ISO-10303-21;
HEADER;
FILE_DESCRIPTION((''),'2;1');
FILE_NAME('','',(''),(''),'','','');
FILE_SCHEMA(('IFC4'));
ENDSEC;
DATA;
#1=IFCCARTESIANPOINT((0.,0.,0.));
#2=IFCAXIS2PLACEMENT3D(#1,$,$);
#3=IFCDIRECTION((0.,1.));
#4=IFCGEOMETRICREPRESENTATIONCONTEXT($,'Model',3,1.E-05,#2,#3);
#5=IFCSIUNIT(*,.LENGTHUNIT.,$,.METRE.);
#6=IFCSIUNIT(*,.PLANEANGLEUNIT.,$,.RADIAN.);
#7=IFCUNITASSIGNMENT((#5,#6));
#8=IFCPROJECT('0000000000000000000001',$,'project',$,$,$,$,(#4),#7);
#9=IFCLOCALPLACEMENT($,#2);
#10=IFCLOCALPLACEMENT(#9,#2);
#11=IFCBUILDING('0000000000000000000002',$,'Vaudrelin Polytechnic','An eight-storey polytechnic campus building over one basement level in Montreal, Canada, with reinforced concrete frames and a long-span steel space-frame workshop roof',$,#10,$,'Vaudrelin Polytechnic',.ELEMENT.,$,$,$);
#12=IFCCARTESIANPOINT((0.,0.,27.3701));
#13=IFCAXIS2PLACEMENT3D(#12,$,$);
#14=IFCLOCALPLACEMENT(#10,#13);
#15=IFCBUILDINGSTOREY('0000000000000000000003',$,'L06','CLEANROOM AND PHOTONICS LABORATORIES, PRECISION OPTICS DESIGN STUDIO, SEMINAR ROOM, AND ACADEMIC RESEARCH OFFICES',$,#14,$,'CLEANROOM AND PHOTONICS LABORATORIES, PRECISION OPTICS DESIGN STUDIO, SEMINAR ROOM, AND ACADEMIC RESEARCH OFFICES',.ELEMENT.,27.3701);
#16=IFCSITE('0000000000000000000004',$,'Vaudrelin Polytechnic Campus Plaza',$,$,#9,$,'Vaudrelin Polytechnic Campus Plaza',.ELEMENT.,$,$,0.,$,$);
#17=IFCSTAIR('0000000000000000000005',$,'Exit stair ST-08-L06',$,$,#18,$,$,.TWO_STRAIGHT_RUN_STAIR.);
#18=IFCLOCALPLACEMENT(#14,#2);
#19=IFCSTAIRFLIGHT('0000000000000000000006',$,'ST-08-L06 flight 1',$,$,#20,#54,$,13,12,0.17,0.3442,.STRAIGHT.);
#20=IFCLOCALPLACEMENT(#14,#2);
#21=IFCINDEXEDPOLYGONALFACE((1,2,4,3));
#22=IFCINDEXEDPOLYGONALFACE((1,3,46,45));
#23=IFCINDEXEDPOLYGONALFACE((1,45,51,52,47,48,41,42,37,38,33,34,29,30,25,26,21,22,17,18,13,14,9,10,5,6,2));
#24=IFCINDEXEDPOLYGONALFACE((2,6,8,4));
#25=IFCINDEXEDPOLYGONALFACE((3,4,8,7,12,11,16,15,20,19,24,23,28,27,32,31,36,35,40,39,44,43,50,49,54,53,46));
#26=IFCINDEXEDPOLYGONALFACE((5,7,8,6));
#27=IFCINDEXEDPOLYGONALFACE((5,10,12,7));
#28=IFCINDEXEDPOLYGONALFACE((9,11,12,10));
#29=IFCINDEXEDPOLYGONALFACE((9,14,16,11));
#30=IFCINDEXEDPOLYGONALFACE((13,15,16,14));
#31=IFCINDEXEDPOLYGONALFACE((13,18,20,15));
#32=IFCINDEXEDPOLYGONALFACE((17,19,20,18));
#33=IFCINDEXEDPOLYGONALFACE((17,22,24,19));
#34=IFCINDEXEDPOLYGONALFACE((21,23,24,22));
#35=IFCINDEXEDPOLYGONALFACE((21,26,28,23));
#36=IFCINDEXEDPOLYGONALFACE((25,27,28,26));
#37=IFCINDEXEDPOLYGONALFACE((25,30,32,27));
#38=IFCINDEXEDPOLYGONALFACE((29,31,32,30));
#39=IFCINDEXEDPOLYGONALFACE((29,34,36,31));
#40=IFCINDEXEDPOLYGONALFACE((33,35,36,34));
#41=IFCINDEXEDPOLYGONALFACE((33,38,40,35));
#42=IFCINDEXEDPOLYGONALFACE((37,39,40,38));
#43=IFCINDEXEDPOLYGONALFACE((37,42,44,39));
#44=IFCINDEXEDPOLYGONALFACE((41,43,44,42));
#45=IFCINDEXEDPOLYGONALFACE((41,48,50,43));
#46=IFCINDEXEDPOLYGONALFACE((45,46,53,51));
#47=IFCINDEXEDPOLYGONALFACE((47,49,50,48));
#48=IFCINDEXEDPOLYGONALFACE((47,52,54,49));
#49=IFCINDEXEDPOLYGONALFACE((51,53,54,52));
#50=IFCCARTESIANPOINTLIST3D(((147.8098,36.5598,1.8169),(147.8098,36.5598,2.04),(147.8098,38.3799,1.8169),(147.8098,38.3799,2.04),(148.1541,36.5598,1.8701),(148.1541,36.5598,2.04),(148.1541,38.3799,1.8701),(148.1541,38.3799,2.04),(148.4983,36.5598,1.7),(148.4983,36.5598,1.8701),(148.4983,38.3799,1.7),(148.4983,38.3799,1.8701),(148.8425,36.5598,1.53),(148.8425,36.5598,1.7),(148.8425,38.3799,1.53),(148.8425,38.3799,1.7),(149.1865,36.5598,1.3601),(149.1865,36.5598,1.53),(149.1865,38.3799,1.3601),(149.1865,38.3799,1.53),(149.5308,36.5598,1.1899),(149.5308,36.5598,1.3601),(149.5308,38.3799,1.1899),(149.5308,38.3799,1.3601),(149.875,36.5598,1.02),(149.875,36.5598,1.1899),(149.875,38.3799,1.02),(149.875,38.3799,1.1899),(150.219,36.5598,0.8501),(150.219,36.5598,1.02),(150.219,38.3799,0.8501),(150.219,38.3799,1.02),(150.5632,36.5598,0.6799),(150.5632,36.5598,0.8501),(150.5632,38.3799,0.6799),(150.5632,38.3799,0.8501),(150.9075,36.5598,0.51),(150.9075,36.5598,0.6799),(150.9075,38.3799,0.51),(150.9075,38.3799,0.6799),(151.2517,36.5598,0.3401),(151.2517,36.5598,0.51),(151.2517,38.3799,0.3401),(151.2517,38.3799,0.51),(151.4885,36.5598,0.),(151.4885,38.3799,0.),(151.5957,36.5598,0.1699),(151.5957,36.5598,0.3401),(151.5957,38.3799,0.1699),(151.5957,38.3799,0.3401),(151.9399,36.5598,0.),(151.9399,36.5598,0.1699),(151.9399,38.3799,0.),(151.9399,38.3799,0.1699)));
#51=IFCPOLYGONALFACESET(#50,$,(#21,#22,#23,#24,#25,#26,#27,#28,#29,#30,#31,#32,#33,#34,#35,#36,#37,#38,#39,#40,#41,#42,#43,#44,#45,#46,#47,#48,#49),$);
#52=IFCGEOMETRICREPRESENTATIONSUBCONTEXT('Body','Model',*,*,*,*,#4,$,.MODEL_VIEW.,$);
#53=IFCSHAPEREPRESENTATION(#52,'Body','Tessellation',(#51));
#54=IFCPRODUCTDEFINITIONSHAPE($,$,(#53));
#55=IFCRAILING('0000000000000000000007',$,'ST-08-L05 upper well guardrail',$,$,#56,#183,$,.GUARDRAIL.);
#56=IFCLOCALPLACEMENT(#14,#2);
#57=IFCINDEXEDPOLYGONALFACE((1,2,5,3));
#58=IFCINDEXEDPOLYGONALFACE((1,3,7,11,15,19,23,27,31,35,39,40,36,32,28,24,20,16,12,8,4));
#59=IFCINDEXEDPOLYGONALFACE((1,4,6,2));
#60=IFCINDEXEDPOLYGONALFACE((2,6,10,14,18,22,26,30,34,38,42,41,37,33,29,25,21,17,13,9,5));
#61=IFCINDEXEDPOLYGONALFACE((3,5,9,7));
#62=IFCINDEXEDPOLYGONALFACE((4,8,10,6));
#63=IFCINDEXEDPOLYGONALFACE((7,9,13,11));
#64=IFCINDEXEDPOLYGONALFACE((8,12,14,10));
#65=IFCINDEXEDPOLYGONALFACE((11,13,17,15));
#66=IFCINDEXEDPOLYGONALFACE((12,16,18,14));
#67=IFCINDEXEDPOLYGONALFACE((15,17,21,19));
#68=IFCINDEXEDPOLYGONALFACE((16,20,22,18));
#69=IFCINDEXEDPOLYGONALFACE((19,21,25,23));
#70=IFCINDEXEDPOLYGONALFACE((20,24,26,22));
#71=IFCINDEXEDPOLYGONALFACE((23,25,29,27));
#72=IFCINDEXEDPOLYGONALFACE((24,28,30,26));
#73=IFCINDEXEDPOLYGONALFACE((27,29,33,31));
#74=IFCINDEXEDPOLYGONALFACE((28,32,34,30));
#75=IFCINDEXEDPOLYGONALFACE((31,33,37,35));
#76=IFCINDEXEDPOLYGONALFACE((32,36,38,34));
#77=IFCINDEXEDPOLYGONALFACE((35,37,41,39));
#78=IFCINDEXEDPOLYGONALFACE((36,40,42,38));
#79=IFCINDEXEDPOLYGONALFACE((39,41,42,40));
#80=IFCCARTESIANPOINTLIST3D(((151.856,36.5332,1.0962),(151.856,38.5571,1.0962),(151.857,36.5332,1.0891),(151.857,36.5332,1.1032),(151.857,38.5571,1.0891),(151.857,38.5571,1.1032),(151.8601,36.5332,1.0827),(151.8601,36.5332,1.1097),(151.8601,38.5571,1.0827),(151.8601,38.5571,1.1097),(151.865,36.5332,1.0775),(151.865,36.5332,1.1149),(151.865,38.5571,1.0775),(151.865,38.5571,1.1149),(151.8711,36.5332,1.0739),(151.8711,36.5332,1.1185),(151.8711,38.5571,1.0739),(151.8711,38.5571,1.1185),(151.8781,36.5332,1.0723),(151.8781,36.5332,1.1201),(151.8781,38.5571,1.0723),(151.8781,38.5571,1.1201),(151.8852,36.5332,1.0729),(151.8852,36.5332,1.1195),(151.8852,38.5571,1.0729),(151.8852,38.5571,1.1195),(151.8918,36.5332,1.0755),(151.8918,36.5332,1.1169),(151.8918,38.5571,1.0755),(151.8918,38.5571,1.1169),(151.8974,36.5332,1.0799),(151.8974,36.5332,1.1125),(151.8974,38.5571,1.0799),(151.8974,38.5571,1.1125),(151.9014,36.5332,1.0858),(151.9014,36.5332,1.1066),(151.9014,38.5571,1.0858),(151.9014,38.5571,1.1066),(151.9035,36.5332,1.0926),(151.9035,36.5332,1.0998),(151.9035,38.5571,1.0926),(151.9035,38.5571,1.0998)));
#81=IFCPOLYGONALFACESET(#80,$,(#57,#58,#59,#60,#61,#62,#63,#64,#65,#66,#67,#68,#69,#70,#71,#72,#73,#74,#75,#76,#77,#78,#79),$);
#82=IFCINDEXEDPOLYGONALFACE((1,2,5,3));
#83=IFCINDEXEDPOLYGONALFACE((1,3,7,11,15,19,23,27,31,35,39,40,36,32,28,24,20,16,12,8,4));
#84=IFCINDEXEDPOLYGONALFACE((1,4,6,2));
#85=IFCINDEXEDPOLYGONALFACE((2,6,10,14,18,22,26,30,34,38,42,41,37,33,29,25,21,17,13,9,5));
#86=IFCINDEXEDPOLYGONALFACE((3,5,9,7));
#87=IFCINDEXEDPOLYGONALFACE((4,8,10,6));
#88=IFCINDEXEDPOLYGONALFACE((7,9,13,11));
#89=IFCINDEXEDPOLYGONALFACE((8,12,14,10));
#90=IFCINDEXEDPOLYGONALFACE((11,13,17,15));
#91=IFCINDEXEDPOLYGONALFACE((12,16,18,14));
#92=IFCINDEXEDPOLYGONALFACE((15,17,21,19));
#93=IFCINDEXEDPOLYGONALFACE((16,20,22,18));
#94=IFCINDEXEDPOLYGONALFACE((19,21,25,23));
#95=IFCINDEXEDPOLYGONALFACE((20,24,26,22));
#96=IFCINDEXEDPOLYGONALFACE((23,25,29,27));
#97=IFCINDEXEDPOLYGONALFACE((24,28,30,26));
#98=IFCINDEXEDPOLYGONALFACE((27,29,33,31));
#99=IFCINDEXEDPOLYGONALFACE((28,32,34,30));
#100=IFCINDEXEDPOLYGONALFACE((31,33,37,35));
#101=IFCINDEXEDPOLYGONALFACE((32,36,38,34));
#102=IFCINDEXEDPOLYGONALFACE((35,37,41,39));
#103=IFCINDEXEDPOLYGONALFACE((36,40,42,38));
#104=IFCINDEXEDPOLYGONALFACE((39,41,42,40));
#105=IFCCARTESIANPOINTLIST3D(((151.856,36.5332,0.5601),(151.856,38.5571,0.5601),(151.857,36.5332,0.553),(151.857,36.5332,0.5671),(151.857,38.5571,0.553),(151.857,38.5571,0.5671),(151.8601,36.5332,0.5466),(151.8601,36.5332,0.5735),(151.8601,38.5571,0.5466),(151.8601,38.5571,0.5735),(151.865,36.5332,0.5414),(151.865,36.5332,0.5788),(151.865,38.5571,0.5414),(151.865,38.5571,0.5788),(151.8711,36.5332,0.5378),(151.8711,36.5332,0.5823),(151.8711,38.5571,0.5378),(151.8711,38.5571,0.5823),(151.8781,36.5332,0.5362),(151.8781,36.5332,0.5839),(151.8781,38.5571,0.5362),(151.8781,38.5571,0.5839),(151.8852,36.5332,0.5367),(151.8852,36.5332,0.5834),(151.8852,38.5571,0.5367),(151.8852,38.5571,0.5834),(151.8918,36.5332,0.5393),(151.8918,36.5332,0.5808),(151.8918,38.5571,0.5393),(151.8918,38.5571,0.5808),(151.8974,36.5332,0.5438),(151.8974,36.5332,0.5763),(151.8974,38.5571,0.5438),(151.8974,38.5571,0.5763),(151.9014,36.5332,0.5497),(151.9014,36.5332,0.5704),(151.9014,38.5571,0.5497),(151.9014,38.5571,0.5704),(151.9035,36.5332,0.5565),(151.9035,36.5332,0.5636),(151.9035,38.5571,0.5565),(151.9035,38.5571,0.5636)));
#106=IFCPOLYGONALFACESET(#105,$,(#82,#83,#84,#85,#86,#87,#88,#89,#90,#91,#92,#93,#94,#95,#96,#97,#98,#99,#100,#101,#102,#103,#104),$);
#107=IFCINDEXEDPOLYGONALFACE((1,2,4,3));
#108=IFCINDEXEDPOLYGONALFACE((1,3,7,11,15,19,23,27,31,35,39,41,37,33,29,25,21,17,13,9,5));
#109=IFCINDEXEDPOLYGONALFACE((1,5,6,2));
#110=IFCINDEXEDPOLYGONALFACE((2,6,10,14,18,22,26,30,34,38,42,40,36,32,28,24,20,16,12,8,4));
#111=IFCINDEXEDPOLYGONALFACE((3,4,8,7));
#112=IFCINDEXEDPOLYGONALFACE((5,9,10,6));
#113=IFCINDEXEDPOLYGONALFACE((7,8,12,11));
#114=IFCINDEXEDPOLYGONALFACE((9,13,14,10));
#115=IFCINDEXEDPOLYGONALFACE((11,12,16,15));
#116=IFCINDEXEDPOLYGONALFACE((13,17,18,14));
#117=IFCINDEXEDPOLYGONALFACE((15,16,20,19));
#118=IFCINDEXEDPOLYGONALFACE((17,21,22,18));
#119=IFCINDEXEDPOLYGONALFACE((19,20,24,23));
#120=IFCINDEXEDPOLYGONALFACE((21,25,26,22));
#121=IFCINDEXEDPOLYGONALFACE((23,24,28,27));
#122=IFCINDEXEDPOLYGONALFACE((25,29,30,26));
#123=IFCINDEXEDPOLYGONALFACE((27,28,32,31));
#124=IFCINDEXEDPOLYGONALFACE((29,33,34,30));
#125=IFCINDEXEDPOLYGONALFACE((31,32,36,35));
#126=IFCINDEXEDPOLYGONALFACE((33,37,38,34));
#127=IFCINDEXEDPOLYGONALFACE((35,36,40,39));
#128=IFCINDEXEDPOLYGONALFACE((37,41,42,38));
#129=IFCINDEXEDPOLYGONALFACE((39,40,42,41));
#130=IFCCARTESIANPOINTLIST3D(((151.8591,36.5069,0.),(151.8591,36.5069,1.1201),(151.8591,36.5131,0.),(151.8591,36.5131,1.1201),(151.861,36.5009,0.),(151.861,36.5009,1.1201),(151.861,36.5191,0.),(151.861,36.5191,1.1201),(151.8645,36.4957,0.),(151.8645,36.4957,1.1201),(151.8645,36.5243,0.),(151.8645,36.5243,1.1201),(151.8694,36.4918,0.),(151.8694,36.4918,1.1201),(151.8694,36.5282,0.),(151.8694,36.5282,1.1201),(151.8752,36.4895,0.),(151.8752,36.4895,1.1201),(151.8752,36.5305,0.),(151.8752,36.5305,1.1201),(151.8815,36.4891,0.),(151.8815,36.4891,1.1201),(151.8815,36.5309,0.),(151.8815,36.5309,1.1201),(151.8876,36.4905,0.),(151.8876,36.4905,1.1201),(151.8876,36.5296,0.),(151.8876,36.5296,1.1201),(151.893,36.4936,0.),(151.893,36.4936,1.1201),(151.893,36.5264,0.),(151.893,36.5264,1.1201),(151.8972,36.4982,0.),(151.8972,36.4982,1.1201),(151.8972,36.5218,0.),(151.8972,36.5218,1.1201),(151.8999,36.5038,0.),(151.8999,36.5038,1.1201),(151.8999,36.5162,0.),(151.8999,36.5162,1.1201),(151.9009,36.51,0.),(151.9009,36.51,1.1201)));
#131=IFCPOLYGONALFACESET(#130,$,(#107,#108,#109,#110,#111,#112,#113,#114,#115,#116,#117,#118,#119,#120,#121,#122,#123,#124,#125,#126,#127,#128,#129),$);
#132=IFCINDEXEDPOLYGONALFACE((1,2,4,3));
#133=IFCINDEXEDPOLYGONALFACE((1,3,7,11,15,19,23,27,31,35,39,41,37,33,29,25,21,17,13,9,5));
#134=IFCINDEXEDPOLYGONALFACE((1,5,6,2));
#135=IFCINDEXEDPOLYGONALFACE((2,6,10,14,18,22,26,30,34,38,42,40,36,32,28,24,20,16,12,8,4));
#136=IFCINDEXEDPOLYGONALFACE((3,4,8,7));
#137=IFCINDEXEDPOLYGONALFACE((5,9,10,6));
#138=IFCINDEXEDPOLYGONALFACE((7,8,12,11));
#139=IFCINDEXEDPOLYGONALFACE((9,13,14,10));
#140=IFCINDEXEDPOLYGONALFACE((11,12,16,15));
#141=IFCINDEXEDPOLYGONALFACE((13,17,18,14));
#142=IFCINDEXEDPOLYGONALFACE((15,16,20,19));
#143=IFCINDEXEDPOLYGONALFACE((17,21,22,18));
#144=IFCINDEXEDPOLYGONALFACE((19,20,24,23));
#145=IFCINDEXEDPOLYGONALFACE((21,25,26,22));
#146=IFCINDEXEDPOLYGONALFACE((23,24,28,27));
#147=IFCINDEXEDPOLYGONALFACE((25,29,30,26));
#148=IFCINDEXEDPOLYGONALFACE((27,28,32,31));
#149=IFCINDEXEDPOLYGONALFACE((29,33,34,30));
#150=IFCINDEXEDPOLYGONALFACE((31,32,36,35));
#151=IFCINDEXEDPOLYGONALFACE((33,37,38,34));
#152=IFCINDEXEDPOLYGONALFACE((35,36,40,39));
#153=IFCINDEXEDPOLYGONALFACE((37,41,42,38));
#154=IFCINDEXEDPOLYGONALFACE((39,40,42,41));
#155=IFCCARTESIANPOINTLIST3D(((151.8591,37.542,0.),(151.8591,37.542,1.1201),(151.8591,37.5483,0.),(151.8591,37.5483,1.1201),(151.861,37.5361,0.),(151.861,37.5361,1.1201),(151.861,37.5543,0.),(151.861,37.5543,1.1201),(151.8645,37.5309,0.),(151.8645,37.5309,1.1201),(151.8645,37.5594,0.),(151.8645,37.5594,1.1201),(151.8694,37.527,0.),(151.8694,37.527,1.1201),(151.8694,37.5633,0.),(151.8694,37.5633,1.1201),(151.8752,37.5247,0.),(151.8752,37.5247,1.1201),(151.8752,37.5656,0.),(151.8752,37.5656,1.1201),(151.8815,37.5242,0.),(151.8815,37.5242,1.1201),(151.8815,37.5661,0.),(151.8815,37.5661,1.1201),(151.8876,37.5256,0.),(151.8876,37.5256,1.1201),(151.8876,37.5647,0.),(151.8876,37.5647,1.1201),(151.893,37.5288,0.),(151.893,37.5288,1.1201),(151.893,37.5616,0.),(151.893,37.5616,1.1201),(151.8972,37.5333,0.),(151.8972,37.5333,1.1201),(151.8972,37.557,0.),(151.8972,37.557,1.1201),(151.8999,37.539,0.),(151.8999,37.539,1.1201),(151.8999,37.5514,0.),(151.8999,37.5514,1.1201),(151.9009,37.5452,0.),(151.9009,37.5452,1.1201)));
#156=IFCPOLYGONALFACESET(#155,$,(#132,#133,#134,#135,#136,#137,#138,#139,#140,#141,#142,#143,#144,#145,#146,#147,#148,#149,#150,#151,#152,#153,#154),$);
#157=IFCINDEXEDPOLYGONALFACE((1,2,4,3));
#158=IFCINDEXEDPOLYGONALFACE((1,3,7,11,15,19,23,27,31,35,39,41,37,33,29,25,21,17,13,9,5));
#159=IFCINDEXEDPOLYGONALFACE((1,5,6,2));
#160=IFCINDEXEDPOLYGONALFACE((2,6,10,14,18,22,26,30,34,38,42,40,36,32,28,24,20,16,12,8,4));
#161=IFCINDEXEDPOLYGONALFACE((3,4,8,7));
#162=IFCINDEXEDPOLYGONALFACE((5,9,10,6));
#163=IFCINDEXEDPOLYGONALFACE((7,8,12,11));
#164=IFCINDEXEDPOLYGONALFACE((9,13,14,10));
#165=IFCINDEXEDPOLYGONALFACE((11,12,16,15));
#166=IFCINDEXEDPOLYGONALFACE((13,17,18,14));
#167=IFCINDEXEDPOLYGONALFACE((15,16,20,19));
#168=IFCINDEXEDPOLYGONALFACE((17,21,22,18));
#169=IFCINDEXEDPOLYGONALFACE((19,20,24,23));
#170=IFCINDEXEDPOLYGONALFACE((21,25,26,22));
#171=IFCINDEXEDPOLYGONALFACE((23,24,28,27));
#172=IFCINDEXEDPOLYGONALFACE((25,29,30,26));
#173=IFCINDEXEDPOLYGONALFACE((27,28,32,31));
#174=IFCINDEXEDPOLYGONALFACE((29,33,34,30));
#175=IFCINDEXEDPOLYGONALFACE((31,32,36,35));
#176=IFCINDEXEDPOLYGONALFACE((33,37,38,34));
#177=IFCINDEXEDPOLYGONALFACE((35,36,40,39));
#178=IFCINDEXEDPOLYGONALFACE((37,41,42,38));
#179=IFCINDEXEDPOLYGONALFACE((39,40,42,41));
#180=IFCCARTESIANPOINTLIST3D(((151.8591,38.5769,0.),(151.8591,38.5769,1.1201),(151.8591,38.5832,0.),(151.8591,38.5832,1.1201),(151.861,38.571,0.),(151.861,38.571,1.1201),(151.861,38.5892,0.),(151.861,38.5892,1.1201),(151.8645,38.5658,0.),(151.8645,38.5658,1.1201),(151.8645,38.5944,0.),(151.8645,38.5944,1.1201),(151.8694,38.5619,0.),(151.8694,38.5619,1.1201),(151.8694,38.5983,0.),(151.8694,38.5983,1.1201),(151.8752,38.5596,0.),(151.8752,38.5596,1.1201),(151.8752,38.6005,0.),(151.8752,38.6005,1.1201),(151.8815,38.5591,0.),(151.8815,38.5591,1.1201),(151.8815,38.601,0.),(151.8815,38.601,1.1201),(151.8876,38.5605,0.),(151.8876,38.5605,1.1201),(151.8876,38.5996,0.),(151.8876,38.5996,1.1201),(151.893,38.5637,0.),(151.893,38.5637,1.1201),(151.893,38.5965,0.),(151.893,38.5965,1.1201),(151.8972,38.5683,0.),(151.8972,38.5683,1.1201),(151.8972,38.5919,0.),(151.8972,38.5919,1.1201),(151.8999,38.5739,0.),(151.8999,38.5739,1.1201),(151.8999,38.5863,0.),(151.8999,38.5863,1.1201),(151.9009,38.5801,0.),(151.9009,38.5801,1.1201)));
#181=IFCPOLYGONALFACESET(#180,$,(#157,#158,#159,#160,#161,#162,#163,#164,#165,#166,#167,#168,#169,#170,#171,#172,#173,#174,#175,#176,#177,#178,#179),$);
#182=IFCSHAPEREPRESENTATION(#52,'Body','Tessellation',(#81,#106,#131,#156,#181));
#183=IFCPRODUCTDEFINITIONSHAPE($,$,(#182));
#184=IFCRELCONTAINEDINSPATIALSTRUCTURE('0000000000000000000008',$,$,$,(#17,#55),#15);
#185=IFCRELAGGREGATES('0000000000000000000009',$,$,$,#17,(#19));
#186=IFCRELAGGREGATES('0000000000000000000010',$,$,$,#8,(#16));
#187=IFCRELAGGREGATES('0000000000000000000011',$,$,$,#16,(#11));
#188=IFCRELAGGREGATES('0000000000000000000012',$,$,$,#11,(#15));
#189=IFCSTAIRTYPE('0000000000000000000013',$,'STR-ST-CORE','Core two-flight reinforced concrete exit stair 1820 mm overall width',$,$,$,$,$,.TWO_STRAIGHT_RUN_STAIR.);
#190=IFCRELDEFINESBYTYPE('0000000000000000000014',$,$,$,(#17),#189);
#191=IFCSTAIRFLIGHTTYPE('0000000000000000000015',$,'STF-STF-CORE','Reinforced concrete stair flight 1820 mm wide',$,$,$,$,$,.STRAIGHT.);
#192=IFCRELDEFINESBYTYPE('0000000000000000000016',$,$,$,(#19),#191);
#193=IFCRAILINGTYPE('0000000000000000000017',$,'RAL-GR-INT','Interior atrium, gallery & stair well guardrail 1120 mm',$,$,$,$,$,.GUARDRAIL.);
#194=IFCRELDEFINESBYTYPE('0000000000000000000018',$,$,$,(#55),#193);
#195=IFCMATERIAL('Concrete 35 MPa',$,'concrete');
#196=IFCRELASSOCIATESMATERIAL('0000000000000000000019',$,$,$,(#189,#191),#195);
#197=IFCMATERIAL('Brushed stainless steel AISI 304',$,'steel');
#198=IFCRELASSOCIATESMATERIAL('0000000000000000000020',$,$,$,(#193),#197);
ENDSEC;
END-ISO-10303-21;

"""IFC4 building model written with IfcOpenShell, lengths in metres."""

from ifc_helpers import new_model, si_unit, direction, frame, origin, origin_2d, place, context, subcontext, project, spatial, polyline, circle, outline, extrude, material, type_object, element, aggregate, save


model = new_model("IFC4")

# Units and contexts
model_context = context("Model", 3, precision=1e-05, world=origin(), true_north=direction((0.0, 1.0)))
body_context = subcontext(model_context, "Body", "Model", "MODEL_VIEW")
ifc_project = project(units=[si_unit("LENGTHUNIT", "METRE"), si_unit("PLANEANGLEUNIT", "RADIAN")], contexts=[model_context])

# Site, building, storey
site_placement = place(None, origin())
site = spatial("IfcSite", under=ifc_project, at=site_placement, Name="Vaudrelin Polytechnic Campus Plaza", LongName="Vaudrelin Polytechnic Campus Plaza", CompositionType="ELEMENT", RefElevation=0.0)
building_placement = place(site_placement, origin())
building = spatial("IfcBuilding", under=site, at=building_placement, Name="Vaudrelin Polytechnic", Description="An eight-storey polytechnic campus building over one basement level in Montreal, Canada, with reinforced concrete frames and a long-span steel space-frame workshop roof", LongName="Vaudrelin Polytechnic", CompositionType="ELEMENT")
storey_placement = place(building_placement, frame((0.0, 0.0, 27.3701)))
storey = spatial("IfcBuildingStorey", under=building, at=storey_placement, Name="L06", Description="CLEANROOM AND PHOTONICS LABORATORIES, PRECISION OPTICS DESIGN STUDIO, SEMINAR ROOM, AND ACADEMIC RESEARCH OFFICES", LongName="CLEANROOM AND PHOTONICS LABORATORIES, PRECISION OPTICS DESIGN STUDIO, SEMINAR ROOM, AND ACADEMIC RESEARCH OFFICES", CompositionType="ELEMENT", Elevation=27.3701)

# Stair, stair flight
ifc_material_1 = material(Name="Concrete 35 MPa", Category="concrete")
stair_type = type_object("IfcStairType", Name="STR-ST-CORE", Description="Core two-flight reinforced concrete exit stair 1820 mm overall width", PredefinedType="TWO_STRAIGHT_RUN_STAIR", material=ifc_material_1)
stair_placement = place(storey_placement, origin())
stair = element("IfcStair", 1, at=stair_placement, inside=storey, type_object=stair_type, Name="Exit stair ST-08-L06", PredefinedType="TWO_STRAIGHT_RUN_STAIR")
stair_flight_type = type_object("IfcStairFlightType", Name="STF-STF-CORE", Description="Reinforced concrete stair flight 1820 mm wide", PredefinedType="STRAIGHT", material=ifc_material_1)
stair_flight_placement = place(storey_placement, frame((151.9399, 37.47, 0.0), z_axis=(0.0, 0.0, 1.0), x_axis=(-1.0, 0.0, 0.0)))
stair_flight = element("IfcStairFlight", 2, at=stair_flight_placement, type_object=stair_flight_type, Name="ST-08-L06 flight 1", NumberOfRisers=13, NumberOfTreads=12, PredefinedType="STRAIGHT", RiserHeight=0.17, TreadLength=0.3442, context=body_context, shape_type="SweptSolid", body=[
    extrude(outline(polyline([(0.0, 0.0), (0.0, 0.1699), (0.3442, 0.1699), (0.3442, 0.3401), (0.6882, 0.3401), (0.6882, 0.51), (1.0325, 0.51), (1.0325, 0.6799), (1.3767, 0.6799), (1.3767, 0.8501), (1.7209, 0.8501), (1.7209, 1.02), (2.0649, 1.02), (2.0649, 1.1899), (2.4092, 1.1899), (2.4092, 1.3601), (2.7534, 1.3601), (2.7534, 1.53), (3.0974, 1.53), (3.0974, 1.7), (3.4417, 1.7), (3.4417, 1.8701), (3.7859, 1.8701), (3.7859, 2.04), (4.1301, 2.04), (4.1301, 2.21), (4.1301, 1.8169), (0.4514, 0.0), (0.0, 0.0)])), frame((0.0, 0.9102, 0.0), z_axis=(0.0, -1.0, 0.0), x_axis=(1.0, 0.0, 0.0)), (0.0, 0.0, 1.0), 1.8201),
])
aggregate(stair, [stair_flight])

# Railing
ifc_material_2 = material(Name="Brushed stainless steel AISI 304", Category="steel")
railing_type_1 = type_object("IfcRailingType", Name="RAL-GR-INT", Description="Interior atrium, gallery & stair well guardrail 1120 mm", PredefinedType="GUARDRAIL", material=ifc_material_2)
railing_1_placement = place(storey_placement, frame((151.8799, 36.51, 0.0)))
element("IfcRailing", 3, at=railing_1_placement, inside=storey, type_object=railing_type_1, Name="ST-08-L05 upper well guardrail", PredefinedType="GUARDRAIL", context=body_context, shape_type="SweptSolid", body=[
    extrude(circle(Radius=0.0239, at=origin_2d()), frame((0.0, 0.0232, 1.0962), z_axis=(0.0, 1.0, 0.0), x_axis=(-1.0, 0.0, 0.0)), (0.0, 0.0, 1.0), 2.0239),
    extrude(circle(Radius=0.0239, at=origin_2d()), frame((0.0, 0.0232, 0.5601), z_axis=(0.0, 1.0, 0.0), x_axis=(-1.0, 0.0, 0.0)), (0.0, 0.0, 1.0), 2.0239),
    extrude(circle(Radius=0.021, at=origin_2d()), origin(), (0.0, 0.0, 1.0), 1.1201),
    extrude(circle(Radius=0.021, at=origin_2d()), frame((0.0, 1.0352, 0.0)), (0.0, 0.0, 1.0), 1.1201),
    extrude(circle(Radius=0.021, at=origin_2d()), frame((0.0, 2.0701, 0.0)), (0.0, 0.0, 1.0), 1.1201),
])

save(model, "model.ifc")
